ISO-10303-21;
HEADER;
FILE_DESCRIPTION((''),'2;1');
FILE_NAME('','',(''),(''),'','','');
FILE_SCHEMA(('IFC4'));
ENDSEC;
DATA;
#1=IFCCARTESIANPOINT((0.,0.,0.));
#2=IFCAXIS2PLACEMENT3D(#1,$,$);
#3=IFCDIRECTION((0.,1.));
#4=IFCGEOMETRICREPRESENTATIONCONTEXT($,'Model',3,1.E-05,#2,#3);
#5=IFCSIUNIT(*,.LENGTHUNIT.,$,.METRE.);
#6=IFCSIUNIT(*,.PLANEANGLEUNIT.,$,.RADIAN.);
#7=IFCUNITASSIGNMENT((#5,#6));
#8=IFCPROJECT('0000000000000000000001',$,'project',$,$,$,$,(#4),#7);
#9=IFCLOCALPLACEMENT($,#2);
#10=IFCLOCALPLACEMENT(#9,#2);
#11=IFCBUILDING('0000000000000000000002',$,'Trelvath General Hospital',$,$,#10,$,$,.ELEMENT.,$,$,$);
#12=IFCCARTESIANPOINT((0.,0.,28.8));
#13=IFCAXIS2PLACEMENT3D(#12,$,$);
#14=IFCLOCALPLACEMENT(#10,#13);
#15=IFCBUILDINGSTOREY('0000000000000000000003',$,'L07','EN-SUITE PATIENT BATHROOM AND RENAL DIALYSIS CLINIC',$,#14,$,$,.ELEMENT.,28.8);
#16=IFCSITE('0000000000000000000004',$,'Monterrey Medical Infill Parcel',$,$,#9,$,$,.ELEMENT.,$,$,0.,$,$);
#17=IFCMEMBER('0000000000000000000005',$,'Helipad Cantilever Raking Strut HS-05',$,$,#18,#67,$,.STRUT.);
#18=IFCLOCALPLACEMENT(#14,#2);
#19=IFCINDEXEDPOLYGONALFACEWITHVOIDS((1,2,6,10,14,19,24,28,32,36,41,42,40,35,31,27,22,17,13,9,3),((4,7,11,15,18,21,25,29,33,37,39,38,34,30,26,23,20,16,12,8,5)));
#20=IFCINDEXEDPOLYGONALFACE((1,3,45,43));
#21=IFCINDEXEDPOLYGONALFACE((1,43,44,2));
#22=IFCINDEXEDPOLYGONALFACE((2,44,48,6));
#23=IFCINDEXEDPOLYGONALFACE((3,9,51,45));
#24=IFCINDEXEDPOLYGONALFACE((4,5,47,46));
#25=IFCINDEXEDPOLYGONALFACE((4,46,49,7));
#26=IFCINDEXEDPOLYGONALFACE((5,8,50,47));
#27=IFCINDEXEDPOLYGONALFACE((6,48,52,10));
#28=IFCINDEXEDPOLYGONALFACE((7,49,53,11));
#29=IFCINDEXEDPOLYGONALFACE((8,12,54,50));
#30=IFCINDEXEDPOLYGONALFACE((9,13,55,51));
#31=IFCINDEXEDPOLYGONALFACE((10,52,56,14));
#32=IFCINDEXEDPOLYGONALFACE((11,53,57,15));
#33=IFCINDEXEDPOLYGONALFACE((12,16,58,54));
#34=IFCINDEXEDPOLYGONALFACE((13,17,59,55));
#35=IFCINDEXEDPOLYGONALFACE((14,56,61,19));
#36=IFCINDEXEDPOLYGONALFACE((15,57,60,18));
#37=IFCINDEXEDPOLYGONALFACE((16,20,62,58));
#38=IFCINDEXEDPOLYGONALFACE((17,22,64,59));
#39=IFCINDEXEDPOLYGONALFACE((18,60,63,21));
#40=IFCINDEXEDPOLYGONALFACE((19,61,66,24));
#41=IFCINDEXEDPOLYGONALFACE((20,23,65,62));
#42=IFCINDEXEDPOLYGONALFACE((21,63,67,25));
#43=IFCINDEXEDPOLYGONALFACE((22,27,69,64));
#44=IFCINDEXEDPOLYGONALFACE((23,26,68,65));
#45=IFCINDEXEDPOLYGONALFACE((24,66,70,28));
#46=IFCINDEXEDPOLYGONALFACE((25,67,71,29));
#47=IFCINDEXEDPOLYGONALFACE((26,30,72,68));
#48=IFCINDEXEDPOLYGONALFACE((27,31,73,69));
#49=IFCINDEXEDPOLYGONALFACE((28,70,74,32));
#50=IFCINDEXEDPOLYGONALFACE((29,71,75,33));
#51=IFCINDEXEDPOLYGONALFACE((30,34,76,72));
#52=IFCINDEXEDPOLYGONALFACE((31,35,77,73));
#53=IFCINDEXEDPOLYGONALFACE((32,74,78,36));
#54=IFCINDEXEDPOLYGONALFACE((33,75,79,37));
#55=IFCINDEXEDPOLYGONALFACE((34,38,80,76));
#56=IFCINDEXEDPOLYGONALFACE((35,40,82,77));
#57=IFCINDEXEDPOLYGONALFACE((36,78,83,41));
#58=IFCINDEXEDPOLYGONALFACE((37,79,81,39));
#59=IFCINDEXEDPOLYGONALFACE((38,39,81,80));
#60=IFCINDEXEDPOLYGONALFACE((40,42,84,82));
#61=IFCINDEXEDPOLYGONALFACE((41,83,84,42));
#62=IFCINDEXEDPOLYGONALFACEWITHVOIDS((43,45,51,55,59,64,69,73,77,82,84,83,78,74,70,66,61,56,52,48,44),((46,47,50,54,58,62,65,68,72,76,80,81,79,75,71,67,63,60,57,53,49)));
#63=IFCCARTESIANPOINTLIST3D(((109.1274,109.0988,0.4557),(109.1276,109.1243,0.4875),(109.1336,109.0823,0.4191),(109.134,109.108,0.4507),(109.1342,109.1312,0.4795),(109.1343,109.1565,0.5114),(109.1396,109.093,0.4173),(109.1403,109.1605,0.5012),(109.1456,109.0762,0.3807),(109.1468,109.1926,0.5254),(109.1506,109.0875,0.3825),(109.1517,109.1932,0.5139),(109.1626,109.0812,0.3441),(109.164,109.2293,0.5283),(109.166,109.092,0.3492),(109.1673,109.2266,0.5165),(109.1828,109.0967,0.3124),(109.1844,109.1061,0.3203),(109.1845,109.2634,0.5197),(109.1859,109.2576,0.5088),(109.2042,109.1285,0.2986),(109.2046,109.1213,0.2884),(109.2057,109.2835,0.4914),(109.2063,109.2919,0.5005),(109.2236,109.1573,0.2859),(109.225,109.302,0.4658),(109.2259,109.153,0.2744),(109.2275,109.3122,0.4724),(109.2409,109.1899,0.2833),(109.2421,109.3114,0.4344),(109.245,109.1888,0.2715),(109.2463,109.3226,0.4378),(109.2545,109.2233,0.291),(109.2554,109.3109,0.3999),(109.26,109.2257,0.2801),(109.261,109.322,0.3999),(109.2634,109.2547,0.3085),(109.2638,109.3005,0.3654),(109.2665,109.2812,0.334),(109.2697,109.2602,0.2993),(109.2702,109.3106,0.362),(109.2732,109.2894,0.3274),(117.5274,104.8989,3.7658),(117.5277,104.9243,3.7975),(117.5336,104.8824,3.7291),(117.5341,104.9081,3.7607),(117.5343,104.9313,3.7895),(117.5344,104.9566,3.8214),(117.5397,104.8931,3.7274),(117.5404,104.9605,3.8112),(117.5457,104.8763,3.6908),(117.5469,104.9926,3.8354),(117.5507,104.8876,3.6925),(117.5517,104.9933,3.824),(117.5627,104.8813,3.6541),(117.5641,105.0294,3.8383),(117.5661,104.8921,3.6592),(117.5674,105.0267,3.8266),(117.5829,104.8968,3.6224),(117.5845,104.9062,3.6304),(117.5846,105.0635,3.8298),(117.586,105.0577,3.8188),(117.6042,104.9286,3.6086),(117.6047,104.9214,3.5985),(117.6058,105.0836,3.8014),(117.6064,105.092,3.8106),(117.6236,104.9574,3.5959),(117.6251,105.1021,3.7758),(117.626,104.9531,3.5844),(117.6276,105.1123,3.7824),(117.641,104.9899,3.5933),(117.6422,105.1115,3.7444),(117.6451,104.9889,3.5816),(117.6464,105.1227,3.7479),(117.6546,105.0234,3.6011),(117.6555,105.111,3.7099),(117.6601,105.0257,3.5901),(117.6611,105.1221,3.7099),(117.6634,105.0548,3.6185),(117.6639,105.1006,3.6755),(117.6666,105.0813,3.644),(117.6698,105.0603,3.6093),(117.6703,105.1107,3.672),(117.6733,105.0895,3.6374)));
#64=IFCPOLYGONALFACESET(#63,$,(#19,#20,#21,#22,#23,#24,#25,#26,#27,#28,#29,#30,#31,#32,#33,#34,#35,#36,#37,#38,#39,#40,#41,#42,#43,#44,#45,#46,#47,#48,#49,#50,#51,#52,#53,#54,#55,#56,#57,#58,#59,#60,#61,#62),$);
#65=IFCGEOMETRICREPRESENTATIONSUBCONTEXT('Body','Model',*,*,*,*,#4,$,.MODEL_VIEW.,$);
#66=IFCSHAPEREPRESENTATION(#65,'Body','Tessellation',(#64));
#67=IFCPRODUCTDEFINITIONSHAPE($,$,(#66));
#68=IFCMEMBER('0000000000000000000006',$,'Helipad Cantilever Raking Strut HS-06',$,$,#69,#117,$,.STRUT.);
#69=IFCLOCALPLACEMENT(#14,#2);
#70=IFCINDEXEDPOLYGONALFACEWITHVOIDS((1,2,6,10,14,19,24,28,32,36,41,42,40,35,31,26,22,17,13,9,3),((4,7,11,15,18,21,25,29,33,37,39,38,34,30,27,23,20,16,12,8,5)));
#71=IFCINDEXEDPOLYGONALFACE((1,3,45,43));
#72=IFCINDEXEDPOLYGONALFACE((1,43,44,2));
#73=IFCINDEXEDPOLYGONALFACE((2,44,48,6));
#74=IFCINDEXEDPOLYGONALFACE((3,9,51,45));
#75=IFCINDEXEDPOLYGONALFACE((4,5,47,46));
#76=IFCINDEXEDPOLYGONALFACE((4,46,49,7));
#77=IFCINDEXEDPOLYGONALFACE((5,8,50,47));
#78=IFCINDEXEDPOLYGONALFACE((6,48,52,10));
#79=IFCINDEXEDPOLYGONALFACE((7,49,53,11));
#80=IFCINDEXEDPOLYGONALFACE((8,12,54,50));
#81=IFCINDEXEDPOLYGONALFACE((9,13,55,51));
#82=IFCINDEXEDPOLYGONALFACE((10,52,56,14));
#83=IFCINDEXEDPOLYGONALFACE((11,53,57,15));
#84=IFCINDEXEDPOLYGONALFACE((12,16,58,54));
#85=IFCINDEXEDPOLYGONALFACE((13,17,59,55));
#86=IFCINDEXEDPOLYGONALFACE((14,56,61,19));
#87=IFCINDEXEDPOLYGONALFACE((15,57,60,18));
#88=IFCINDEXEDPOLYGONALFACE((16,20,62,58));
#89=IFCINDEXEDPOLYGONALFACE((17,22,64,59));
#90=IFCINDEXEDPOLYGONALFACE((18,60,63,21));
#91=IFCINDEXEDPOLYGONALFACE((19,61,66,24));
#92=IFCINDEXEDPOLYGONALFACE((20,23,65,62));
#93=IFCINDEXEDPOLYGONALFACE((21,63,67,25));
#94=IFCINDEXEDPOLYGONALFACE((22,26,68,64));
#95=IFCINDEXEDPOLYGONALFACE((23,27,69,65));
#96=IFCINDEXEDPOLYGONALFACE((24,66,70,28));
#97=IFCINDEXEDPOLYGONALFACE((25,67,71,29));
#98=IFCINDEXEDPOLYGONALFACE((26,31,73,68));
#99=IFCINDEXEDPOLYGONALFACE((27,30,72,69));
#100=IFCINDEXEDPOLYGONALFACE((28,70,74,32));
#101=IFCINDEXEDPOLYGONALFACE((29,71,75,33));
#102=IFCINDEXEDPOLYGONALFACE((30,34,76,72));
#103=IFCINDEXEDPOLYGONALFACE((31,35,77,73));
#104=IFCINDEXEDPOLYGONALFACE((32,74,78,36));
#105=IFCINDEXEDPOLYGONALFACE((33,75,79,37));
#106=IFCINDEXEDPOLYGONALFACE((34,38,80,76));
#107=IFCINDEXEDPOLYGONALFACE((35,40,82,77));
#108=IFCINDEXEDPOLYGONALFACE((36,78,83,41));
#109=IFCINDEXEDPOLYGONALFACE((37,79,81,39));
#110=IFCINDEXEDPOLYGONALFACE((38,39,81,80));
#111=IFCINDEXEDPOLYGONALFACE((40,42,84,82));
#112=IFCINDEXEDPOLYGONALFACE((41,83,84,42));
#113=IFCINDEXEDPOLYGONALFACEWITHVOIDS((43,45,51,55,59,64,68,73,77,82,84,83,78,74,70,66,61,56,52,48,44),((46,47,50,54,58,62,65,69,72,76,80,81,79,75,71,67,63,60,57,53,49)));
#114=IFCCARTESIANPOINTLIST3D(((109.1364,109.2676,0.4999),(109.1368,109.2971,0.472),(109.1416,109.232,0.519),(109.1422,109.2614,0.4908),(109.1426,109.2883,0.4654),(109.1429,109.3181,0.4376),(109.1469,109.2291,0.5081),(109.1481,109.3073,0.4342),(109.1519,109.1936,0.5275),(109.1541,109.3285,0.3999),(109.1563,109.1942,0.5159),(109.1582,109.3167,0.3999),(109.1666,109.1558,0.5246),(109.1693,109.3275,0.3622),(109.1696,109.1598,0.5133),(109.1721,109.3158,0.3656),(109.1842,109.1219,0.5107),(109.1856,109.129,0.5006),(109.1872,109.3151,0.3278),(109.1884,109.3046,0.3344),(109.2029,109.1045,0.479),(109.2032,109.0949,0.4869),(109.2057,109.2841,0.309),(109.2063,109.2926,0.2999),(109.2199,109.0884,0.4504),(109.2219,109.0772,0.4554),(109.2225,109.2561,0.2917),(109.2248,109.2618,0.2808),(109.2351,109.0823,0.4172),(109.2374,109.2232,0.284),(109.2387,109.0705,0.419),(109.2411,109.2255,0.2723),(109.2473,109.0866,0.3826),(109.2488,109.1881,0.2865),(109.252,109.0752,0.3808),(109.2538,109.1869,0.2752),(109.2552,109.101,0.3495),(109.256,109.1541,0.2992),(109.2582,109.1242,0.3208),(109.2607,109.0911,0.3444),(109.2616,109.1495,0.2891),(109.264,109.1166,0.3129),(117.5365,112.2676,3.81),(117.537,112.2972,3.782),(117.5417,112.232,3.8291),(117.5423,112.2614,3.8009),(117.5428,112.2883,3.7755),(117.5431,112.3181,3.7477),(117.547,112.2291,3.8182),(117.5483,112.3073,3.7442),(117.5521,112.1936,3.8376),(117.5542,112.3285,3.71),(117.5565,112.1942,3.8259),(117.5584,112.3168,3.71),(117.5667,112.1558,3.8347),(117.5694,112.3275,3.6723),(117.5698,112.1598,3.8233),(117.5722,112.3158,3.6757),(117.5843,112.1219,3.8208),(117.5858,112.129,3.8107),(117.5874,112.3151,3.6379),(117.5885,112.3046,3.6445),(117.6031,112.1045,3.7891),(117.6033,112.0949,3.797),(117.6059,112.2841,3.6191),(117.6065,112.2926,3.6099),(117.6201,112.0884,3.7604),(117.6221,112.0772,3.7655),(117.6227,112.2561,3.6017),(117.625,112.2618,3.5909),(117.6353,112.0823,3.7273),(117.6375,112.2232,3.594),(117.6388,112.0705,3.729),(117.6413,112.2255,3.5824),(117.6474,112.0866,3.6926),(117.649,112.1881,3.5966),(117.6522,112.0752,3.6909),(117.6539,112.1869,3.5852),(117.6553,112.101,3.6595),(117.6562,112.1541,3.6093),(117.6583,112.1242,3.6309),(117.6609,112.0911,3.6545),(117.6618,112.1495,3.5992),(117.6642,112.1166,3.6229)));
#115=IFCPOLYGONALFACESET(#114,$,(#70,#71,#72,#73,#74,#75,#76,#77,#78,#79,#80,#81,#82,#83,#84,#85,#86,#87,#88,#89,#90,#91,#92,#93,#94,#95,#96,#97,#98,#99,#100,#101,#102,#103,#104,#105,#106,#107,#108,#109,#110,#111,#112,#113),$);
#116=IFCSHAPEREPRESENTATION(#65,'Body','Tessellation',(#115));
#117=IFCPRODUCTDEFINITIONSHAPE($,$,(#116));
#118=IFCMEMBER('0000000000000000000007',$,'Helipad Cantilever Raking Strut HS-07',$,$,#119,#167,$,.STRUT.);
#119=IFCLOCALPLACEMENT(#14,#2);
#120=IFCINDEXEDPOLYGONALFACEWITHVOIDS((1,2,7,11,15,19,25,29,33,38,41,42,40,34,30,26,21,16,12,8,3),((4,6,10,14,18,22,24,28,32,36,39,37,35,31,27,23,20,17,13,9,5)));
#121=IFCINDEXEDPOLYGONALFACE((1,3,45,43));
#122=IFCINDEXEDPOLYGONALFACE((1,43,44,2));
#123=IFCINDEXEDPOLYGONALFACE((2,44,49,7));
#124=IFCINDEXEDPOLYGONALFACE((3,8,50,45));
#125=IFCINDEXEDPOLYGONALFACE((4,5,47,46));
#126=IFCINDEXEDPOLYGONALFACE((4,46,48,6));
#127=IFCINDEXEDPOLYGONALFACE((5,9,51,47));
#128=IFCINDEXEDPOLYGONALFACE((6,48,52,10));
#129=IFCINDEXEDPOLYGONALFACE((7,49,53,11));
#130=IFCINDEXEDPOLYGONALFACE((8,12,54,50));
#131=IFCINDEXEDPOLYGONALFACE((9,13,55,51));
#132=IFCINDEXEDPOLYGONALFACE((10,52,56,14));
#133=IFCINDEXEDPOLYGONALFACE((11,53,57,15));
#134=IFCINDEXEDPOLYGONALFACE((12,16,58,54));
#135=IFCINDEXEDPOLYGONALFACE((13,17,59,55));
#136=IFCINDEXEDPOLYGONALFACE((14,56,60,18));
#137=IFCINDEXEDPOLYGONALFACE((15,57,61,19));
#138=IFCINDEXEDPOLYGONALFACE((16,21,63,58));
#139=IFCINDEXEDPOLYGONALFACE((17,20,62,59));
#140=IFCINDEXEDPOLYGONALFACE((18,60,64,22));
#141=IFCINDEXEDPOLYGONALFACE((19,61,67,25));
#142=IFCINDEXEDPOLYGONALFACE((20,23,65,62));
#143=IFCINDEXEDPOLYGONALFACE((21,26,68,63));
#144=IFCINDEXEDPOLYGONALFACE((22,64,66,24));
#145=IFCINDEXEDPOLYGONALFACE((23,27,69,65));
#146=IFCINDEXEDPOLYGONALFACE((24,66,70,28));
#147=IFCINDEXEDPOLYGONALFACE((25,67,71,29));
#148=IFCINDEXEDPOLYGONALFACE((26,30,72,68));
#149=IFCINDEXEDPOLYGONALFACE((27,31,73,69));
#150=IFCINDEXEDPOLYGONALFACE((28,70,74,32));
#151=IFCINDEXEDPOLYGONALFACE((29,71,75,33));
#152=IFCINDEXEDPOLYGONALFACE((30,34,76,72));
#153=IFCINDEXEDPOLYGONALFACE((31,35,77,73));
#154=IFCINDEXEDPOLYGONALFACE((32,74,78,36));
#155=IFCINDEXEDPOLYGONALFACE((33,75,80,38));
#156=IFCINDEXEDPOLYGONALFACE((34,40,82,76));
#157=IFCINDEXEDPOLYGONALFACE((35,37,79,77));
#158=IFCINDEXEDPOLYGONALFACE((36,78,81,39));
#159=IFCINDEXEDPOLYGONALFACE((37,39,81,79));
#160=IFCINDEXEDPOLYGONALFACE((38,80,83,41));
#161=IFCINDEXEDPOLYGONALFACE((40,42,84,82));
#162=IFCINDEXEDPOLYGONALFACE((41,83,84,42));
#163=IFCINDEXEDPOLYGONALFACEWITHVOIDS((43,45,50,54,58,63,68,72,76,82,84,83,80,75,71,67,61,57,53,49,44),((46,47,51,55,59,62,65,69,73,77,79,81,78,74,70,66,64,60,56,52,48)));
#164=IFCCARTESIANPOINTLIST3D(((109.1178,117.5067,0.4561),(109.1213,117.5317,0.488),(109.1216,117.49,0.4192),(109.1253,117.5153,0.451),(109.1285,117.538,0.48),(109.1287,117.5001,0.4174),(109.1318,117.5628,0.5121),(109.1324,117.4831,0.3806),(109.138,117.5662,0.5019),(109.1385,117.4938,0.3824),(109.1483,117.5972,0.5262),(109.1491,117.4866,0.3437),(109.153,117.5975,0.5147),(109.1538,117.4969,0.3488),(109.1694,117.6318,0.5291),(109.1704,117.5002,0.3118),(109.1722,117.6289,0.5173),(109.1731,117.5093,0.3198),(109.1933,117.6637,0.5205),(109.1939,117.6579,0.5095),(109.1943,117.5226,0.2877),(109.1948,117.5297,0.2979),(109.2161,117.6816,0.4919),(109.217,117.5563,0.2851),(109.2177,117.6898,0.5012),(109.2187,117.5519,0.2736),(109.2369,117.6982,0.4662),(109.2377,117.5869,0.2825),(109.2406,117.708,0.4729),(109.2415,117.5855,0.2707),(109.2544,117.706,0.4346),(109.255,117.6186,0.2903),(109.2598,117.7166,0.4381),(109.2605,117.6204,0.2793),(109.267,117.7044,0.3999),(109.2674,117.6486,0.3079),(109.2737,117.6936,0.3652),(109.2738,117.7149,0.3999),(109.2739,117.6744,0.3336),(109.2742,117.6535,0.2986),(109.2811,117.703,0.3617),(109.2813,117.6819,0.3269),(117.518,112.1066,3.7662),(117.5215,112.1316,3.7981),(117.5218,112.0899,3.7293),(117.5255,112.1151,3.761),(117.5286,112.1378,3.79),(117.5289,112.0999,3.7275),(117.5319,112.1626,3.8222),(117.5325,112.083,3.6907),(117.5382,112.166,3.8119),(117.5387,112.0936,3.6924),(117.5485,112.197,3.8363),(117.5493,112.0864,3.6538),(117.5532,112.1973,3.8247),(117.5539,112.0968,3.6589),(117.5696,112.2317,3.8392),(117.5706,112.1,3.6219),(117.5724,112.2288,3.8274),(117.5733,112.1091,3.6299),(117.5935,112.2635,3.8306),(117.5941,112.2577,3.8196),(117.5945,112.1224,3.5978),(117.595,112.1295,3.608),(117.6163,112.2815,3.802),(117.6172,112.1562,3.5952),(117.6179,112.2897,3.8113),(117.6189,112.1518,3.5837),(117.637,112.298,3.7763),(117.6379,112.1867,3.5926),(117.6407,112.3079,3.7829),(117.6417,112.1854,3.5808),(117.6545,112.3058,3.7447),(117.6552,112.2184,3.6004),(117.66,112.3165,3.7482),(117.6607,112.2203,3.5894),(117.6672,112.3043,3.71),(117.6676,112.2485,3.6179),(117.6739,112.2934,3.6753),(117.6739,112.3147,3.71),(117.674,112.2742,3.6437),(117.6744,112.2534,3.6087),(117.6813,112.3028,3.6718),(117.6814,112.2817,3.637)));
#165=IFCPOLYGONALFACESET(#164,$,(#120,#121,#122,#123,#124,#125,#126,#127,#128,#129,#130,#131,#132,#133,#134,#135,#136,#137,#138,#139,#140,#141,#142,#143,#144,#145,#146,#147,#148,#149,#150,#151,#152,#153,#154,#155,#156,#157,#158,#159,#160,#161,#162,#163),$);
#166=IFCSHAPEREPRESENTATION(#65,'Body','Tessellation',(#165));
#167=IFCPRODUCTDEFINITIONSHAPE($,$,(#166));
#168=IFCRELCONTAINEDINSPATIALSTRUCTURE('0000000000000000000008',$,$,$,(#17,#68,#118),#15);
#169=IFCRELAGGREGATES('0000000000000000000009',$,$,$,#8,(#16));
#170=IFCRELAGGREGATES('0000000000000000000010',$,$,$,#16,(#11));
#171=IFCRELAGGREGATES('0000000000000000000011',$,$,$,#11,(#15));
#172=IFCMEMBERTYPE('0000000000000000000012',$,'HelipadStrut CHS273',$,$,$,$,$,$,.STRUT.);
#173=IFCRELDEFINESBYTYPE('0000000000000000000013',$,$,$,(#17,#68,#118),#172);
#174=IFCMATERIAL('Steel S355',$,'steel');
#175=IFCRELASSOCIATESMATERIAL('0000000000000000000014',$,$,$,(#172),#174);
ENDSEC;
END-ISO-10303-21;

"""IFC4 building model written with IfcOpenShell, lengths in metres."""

from ifc_helpers import new_model, si_unit, direction, frame, origin, origin_2d, place, context, subcontext, project, spatial, hollow_circle, extrude, material, material_profile, profile_set, type_object, element, save


model = new_model("IFC4")

# Units and contexts
model_context = context("Model", 3, precision=1e-05, world=origin(), true_north=direction((0.0, 1.0)))
body_context = subcontext(model_context, "Body", "Model", "MODEL_VIEW")
ifc_project = project(units=[si_unit("LENGTHUNIT", "METRE"), si_unit("PLANEANGLEUNIT", "RADIAN")], contexts=[model_context])

# Site, building, storey
site_placement = place(None, origin())
site = spatial("IfcSite", under=ifc_project, at=site_placement, Name="Monterrey Medical Infill Parcel", CompositionType="ELEMENT", RefElevation=0.0)
building_placement = place(site_placement, origin())
building = spatial("IfcBuilding", under=site, at=building_placement, Name="Trelvath General Hospital", CompositionType="ELEMENT")
storey_placement = place(building_placement, frame((0.0, 0.0, 28.8)))
storey = spatial("IfcBuildingStorey", under=building, at=storey_placement, Name="L07", Description="EN-SUITE PATIENT BATHROOM AND RENAL DIALYSIS CLINIC", CompositionType="ELEMENT", Elevation=28.8)

# Members
ifc_material_1 = material(Name="Steel S355", Category="steel")
ifc_material_profile_1 = material_profile(ifc_material_1, hollow_circle(Radius=0.1365, WallThickness=0.0125, at=origin_2d()), Name="CHS273.0x12.5")
ifc_profile_set_1 = profile_set([ifc_material_profile_1], Name="Steel S355")
member_type = type_object("IfcMemberType", Name="HelipadStrut CHS273", PredefinedType="STRUT", material=ifc_profile_set_1)
member_1_placement = place(storey_placement, frame((109.2, 109.2, 0.3999), z_axis=(0.843571, -0.421773, 0.332407), x_axis=(0.447203, 0.894432, 0.0)))
element("IfcMember", 1, at=member_1_placement, inside=storey, type_object=member_type, Name="Helipad Cantilever Raking Strut HS-05", PredefinedType="STRUT", context=body_context, shape_type="SweptSolid", body=[
    extrude(hollow_circle(Radius=0.1365, WallThickness=0.0125, at=origin_2d()), origin(), (0.0, 0.0, 1.0), 9.9578),
])
member_2_placement = place(storey_placement, frame((109.2, 109.2, 0.3999), z_axis=(0.882911, 0.31532, 0.347909), x_axis=(-0.336331, 0.941744, 0.0)))
element("IfcMember", 2, at=member_2_placement, inside=storey, type_object=member_type, Name="Helipad Cantilever Raking Strut HS-06", PredefinedType="STRUT", context=body_context, shape_type="SweptSolid", body=[
    extrude(hollow_circle(Radius=0.1365, WallThickness=0.0125, at=origin_2d()), origin(), (0.0, 0.0, 1.0), 9.5142),
])
member_3_placement = place(storey_placement, frame((109.2, 117.6001, 0.3999), z_axis=(0.798456, -0.513298, 0.31463), x_axis=(0.540761, 0.841176, 0.0)))
element("IfcMember", 3, at=member_3_placement, inside=storey, type_object=member_type, Name="Helipad Cantilever Raking Strut HS-07", PredefinedType="STRUT", context=body_context, shape_type="SweptSolid", body=[
    extrude(hollow_circle(Radius=0.1365, WallThickness=0.0125, at=origin_2d()), origin(), (0.0, 0.0, 1.0), 10.5205),
])

save(model, "model.ifc")
